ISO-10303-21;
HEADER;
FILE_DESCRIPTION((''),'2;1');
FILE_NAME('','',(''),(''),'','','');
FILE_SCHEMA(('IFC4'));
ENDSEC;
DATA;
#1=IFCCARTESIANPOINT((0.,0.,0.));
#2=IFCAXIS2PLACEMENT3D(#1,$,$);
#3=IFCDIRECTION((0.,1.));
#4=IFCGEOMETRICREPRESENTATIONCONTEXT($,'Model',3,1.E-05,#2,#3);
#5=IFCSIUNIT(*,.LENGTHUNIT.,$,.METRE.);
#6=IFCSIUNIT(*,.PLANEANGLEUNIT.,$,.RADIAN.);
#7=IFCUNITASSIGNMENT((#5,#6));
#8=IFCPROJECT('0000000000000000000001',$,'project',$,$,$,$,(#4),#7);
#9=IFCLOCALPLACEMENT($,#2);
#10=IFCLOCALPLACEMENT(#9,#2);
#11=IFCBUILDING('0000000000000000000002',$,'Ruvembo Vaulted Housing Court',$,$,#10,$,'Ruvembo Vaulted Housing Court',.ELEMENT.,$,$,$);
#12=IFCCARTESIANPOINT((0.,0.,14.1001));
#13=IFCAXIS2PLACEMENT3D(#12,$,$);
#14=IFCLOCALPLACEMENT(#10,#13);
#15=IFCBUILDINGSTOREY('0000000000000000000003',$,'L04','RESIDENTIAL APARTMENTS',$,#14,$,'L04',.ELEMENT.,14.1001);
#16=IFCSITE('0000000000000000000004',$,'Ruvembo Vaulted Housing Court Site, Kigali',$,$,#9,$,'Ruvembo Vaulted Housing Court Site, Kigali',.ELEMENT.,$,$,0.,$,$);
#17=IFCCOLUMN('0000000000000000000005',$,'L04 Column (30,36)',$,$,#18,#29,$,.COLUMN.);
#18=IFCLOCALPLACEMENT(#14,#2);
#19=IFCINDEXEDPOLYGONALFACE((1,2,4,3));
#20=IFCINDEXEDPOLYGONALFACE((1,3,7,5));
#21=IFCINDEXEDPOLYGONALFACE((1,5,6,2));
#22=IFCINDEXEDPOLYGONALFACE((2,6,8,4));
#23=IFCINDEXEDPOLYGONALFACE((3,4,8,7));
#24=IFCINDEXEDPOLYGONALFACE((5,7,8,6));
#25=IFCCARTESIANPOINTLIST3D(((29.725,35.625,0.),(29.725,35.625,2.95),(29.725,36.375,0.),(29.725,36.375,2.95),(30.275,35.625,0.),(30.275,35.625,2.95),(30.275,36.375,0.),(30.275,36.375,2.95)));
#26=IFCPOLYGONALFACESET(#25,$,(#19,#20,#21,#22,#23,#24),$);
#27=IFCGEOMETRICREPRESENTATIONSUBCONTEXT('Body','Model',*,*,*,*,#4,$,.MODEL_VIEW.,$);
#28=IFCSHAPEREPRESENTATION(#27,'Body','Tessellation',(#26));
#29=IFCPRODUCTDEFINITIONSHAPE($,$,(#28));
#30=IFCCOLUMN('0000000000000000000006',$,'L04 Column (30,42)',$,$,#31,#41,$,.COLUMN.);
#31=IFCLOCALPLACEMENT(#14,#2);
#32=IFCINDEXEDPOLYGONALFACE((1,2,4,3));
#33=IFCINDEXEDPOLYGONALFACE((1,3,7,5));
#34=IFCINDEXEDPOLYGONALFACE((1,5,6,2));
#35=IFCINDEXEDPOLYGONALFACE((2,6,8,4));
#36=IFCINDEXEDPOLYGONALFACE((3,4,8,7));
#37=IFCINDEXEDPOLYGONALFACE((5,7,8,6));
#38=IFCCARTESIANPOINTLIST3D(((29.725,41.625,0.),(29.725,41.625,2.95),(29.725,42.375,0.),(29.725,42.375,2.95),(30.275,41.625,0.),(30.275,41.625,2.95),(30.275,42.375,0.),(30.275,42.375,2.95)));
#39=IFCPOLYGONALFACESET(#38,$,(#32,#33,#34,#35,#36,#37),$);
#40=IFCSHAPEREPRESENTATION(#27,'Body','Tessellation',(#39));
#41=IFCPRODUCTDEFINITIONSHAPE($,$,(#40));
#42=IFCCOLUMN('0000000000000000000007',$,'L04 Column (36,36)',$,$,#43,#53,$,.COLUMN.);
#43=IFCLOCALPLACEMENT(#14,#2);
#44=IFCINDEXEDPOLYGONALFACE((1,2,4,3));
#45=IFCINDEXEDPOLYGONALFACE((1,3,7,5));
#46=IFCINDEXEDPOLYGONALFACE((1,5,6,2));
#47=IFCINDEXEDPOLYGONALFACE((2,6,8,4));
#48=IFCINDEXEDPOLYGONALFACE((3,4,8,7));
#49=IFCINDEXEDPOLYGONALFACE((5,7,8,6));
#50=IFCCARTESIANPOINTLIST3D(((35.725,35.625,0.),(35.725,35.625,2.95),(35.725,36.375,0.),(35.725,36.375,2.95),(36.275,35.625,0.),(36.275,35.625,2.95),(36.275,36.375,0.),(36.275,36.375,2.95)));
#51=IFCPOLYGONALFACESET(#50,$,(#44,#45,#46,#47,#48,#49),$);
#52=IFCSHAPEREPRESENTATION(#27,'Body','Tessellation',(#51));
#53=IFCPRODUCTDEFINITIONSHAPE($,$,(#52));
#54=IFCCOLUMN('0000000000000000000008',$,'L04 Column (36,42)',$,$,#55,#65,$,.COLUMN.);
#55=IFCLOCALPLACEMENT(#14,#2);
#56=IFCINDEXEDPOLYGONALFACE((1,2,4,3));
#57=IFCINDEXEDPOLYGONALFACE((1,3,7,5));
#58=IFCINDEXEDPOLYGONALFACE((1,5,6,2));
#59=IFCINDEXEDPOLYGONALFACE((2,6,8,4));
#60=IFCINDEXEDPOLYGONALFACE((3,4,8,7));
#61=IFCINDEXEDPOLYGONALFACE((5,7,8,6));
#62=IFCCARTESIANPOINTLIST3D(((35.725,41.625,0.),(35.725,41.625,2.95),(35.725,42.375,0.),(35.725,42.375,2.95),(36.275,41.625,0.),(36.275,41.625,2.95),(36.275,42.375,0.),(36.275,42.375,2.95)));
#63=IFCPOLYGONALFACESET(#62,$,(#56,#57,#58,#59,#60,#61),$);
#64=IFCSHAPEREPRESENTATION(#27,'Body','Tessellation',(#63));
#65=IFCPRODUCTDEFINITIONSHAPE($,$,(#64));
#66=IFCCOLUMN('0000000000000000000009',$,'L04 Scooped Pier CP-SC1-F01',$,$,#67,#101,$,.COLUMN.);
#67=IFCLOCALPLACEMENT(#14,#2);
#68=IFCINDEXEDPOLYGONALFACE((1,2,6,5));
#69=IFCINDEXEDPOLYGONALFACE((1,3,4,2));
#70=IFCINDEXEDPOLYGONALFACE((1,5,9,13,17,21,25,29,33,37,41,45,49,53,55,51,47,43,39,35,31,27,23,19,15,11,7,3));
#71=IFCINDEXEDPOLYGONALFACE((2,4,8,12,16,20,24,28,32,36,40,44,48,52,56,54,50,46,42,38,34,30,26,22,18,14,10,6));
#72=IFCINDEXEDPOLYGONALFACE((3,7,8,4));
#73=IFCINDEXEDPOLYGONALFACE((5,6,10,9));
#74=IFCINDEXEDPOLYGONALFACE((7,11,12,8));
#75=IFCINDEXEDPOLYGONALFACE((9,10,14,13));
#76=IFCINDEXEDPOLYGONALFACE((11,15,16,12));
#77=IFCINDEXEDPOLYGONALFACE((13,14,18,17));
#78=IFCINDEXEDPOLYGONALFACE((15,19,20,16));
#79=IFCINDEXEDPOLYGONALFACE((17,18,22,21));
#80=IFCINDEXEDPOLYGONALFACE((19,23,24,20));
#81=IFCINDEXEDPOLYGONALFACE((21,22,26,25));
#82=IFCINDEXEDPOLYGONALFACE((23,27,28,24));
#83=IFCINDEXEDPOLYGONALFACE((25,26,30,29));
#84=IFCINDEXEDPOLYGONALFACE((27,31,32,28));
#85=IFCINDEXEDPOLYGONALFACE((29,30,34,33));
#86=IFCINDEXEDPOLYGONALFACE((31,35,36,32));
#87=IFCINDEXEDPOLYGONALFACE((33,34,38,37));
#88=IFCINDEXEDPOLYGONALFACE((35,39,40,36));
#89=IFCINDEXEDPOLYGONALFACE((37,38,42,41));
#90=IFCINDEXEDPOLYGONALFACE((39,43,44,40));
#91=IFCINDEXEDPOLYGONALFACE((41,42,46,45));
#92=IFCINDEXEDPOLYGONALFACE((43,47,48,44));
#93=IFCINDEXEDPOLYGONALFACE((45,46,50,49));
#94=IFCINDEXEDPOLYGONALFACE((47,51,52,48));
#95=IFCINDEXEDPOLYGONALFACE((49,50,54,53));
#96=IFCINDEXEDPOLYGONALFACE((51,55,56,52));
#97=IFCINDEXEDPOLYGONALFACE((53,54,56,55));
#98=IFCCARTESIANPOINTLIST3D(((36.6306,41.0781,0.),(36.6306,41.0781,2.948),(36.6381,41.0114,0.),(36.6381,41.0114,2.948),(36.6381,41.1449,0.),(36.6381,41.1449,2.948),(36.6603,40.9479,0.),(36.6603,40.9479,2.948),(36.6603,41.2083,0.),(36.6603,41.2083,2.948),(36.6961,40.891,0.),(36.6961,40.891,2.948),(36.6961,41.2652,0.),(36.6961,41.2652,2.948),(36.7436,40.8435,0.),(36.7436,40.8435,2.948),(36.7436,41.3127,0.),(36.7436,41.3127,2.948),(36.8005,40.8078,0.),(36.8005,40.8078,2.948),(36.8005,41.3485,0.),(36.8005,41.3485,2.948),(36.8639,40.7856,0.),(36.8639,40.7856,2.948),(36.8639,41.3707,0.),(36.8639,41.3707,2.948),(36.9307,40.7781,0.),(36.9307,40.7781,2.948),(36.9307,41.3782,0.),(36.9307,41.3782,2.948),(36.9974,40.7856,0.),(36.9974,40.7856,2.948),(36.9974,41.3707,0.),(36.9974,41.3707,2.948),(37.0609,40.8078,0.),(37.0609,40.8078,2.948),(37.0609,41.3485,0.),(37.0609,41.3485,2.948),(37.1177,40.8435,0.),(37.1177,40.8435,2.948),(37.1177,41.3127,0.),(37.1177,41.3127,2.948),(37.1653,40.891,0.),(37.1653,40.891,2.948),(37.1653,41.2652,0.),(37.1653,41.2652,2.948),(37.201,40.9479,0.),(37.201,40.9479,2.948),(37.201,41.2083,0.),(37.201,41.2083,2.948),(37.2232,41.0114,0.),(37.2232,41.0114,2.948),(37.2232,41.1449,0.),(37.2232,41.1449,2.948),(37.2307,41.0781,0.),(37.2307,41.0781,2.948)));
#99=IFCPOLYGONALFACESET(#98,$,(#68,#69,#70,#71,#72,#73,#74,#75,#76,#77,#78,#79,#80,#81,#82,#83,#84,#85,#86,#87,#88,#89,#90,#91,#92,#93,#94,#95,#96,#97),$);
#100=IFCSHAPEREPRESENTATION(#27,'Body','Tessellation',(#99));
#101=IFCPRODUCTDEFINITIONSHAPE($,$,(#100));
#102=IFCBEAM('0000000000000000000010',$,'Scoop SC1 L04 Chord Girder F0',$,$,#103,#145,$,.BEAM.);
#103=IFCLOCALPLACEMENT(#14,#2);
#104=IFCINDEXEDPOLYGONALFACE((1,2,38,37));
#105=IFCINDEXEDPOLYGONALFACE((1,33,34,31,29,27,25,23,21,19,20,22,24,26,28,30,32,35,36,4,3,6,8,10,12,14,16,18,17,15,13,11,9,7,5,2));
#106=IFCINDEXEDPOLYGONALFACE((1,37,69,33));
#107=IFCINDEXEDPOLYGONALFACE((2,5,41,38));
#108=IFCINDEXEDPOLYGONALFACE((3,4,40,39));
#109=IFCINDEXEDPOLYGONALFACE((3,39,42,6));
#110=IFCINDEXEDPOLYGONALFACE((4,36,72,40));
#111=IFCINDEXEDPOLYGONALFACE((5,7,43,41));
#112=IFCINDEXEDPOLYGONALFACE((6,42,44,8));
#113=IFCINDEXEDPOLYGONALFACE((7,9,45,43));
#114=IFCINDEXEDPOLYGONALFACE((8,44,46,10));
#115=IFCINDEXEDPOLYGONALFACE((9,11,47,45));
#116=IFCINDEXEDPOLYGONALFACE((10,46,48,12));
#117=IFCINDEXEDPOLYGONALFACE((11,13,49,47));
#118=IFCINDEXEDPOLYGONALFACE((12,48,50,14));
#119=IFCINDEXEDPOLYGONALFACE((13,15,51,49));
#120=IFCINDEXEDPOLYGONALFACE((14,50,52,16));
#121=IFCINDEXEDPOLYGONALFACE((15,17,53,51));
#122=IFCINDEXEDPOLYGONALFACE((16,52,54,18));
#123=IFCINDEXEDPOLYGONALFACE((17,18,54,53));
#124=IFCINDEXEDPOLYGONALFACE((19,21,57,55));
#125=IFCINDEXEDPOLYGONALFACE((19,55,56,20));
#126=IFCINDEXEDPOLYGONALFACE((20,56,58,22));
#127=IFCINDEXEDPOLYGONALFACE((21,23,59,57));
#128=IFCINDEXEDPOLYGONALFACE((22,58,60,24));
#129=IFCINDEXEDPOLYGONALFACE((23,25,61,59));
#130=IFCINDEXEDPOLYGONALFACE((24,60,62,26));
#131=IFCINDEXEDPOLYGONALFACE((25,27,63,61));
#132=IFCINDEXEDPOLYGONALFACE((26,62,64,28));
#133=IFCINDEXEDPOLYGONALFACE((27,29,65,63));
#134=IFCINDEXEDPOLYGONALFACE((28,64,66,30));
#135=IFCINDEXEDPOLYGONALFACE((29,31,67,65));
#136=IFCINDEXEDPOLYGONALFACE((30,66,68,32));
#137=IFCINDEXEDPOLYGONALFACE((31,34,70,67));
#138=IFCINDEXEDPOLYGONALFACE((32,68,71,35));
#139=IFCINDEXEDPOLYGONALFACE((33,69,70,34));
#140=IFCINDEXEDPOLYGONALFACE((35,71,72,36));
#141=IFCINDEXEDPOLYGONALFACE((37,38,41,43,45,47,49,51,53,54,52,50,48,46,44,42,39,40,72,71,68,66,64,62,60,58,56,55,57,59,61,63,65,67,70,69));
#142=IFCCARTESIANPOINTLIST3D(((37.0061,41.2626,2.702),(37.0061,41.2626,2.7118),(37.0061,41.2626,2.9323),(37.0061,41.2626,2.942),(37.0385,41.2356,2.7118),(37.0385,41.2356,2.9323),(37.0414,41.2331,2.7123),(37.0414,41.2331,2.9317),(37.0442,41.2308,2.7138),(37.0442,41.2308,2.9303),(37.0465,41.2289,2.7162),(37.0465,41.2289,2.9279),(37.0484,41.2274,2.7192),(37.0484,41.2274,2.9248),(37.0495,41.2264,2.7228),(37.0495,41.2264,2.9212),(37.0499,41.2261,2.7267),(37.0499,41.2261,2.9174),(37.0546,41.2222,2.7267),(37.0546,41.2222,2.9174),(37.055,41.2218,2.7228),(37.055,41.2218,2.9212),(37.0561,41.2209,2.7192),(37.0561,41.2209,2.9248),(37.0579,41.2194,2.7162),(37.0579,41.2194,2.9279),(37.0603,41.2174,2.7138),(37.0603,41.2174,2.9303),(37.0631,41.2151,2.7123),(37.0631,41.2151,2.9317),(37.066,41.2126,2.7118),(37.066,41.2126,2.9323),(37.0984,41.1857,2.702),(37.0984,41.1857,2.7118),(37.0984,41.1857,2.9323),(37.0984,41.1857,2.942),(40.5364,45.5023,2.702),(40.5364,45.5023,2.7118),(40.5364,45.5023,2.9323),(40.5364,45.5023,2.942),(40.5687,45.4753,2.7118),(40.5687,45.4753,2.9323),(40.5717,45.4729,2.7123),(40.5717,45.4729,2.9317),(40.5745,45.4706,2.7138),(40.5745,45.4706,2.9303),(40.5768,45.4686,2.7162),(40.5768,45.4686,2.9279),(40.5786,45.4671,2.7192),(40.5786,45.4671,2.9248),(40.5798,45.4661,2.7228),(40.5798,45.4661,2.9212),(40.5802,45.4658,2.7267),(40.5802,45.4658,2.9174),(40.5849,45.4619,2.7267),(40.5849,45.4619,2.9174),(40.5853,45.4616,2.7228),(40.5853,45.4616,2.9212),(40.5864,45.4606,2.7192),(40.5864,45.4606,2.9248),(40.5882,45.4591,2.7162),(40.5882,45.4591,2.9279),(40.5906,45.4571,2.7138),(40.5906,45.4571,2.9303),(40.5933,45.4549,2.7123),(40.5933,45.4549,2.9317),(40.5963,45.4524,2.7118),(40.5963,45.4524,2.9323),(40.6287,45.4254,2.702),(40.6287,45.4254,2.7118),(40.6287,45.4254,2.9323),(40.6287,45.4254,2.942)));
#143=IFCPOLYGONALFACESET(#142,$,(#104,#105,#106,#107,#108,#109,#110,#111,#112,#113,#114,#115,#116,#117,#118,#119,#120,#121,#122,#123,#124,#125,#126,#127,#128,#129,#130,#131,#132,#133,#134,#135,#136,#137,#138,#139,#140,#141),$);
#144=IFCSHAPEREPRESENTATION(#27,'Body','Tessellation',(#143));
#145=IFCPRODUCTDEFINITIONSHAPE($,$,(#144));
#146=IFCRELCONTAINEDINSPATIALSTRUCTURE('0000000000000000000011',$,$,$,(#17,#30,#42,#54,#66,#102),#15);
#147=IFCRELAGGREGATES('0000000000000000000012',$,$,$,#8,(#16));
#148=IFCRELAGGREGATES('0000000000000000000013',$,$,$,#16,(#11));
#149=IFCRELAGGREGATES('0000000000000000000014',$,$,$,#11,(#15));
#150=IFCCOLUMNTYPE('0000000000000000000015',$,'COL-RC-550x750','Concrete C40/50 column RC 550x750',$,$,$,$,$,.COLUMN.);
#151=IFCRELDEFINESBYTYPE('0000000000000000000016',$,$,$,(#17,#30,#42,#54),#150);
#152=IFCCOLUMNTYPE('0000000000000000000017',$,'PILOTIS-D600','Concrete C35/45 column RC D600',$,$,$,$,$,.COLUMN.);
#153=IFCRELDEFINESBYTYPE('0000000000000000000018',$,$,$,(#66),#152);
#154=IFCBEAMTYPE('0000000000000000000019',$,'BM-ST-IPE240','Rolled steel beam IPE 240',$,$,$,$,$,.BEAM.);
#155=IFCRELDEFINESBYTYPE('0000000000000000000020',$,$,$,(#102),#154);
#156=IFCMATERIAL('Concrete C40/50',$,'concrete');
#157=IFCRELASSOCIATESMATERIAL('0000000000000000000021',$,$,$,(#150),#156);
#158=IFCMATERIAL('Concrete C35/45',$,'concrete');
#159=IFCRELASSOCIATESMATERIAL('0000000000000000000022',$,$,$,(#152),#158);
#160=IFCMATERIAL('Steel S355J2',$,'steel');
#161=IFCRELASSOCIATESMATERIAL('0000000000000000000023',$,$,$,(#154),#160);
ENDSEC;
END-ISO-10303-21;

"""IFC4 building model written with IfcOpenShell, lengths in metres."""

from ifc_helpers import new_model, si_unit, direction, frame, origin, origin_2d, place, context, subcontext, project, spatial, rectangle, circle, i_section, extrude, material, material_profile, profile_set, type_object, element, save


model = new_model("IFC4")

# Units and contexts
model_context = context("Model", 3, precision=1e-05, world=origin(), true_north=direction((0.0, 1.0)))
body_context = subcontext(model_context, "Body", "Model", "MODEL_VIEW")
ifc_project = project(units=[si_unit("LENGTHUNIT", "METRE"), si_unit("PLANEANGLEUNIT", "RADIAN")], contexts=[model_context])

# Site, building, storey
site_placement = place(None, origin())
site = spatial("IfcSite", under=ifc_project, at=site_placement, Name="Ruvembo Vaulted Housing Court Site, Kigali", LongName="Ruvembo Vaulted Housing Court Site, Kigali", CompositionType="ELEMENT", RefElevation=0.0)
building_placement = place(site_placement, origin())
building = spatial("IfcBuilding", under=site, at=building_placement, Name="Ruvembo Vaulted Housing Court", LongName="Ruvembo Vaulted Housing Court", CompositionType="ELEMENT")
storey_placement = place(building_placement, frame((0.0, 0.0, 14.1001)))
storey = spatial("IfcBuildingStorey", under=building, at=storey_placement, Name="L04", Description="RESIDENTIAL APARTMENTS", LongName="L04", CompositionType="ELEMENT", Elevation=14.1001)

# Columns
ifc_material_1 = material(Name="Concrete C40/50", Category="concrete")
ifc_material_profile_1 = material_profile(ifc_material_1, rectangle(XDim=0.55, YDim=0.75, at=origin_2d()), Name="RC 550x750")
ifc_profile_set_1 = profile_set([ifc_material_profile_1], Name="Concrete C40/50")
column_type_1 = type_object("IfcColumnType", Name="COL-RC-550x750", Description="Concrete C40/50 column RC 550x750", PredefinedType="COLUMN", material=ifc_profile_set_1)
for number, where, z_axis, x_axis, name in (
    (1, (30.0, 36.0, 0.0), (0.0, 0.0, 1.0), (1.0, 0.0, 0.0), "L04 Column (30,36)"),
    (2, (30.0, 42.0, 0.0), (0.0, 0.0, 1.0), (1.0, 0.0, 0.0), "L04 Column (30,42)"),
    (3, (36.0, 36.0, 0.0), (0.0, 0.0, 1.0), (1.0, 0.0, 0.0), "L04 Column (36,36)"),
    (4, (36.0, 42.0, 0.0), (0.0, 0.0, 1.0), (1.0, 0.0, 0.0), "L04 Column (36,42)"),
):
    element("IfcColumn", number, at=place(storey_placement, frame(where, z_axis=z_axis, x_axis=x_axis)), inside=storey, type_object=column_type_1, Name=name, PredefinedType="COLUMN", context=body_context, shape_type="SweptSolid", body=[
        extrude(rectangle(XDim=0.55, YDim=0.75, at=origin_2d()), origin(), (0.0, 0.0, 1.0), 2.95),
    ])
ifc_material_2 = material(Name="Concrete C35/45", Category="concrete")
ifc_material_profile_2 = material_profile(ifc_material_2, circle(Radius=0.3, at=origin_2d()), Name="RC D600")
ifc_profile_set_2 = profile_set([ifc_material_profile_2], Name="Concrete C35/45")
column_type_2 = type_object("IfcColumnType", Name="PILOTIS-D600", Description="Concrete C35/45 column RC D600", PredefinedType="COLUMN", material=ifc_profile_set_2)
column_placement = place(storey_placement, frame((36.9307, 41.0781, 0.0), z_axis=(0.0, 0.0, 1.0), x_axis=(1.0, 0.0, 0.0)))
element("IfcColumn", 5, at=column_placement, inside=storey, type_object=column_type_2, Name="L04 Scooped Pier CP-SC1-F01", PredefinedType="COLUMN", context=body_context, shape_type="SweptSolid", body=[
    extrude(circle(Radius=0.3, at=origin_2d()), origin(), (0.0, 0.0, 1.0), 2.948),
])

# Beam
ifc_material_3 = material(Name="Steel S355J2", Category="steel")
ifc_material_profile_3 = material_profile(ifc_material_3, i_section(OverallWidth=0.1201, OverallDepth=0.24, WebThickness=0.0061, FlangeThickness=0.0098, FilletRadius=0.0149, at=origin_2d()), Name="IPE 240")
ifc_profile_set_3 = profile_set([ifc_material_profile_3], Name="Steel S355J2")
beam_type_1 = type_object("IfcBeamType", Name="BM-ST-IPE240", Description="Rolled steel beam IPE 240", PredefinedType="BEAM", material=ifc_profile_set_3)
beam_1_placement = place(storey_placement, frame((37.0522, 41.2241, 2.822), z_axis=(0.63988, 0.768475, 0.0), x_axis=(-0.768475, 0.63988, 0.0)))
element("IfcBeam", 6, at=beam_1_placement, inside=storey, type_object=beam_type_1, Name="Scoop SC1 L04 Chord Girder F0", PredefinedType="BEAM", context=body_context, shape_type="SweptSolid", body=[
    extrude(i_section(OverallWidth=0.1201, OverallDepth=0.24, WebThickness=0.0061, FlangeThickness=0.0098, FilletRadius=0.0149, at=origin_2d()), origin(), (0.0, 0.0, 1.0), 5.5171),
])

save(model, "model.ifc")
